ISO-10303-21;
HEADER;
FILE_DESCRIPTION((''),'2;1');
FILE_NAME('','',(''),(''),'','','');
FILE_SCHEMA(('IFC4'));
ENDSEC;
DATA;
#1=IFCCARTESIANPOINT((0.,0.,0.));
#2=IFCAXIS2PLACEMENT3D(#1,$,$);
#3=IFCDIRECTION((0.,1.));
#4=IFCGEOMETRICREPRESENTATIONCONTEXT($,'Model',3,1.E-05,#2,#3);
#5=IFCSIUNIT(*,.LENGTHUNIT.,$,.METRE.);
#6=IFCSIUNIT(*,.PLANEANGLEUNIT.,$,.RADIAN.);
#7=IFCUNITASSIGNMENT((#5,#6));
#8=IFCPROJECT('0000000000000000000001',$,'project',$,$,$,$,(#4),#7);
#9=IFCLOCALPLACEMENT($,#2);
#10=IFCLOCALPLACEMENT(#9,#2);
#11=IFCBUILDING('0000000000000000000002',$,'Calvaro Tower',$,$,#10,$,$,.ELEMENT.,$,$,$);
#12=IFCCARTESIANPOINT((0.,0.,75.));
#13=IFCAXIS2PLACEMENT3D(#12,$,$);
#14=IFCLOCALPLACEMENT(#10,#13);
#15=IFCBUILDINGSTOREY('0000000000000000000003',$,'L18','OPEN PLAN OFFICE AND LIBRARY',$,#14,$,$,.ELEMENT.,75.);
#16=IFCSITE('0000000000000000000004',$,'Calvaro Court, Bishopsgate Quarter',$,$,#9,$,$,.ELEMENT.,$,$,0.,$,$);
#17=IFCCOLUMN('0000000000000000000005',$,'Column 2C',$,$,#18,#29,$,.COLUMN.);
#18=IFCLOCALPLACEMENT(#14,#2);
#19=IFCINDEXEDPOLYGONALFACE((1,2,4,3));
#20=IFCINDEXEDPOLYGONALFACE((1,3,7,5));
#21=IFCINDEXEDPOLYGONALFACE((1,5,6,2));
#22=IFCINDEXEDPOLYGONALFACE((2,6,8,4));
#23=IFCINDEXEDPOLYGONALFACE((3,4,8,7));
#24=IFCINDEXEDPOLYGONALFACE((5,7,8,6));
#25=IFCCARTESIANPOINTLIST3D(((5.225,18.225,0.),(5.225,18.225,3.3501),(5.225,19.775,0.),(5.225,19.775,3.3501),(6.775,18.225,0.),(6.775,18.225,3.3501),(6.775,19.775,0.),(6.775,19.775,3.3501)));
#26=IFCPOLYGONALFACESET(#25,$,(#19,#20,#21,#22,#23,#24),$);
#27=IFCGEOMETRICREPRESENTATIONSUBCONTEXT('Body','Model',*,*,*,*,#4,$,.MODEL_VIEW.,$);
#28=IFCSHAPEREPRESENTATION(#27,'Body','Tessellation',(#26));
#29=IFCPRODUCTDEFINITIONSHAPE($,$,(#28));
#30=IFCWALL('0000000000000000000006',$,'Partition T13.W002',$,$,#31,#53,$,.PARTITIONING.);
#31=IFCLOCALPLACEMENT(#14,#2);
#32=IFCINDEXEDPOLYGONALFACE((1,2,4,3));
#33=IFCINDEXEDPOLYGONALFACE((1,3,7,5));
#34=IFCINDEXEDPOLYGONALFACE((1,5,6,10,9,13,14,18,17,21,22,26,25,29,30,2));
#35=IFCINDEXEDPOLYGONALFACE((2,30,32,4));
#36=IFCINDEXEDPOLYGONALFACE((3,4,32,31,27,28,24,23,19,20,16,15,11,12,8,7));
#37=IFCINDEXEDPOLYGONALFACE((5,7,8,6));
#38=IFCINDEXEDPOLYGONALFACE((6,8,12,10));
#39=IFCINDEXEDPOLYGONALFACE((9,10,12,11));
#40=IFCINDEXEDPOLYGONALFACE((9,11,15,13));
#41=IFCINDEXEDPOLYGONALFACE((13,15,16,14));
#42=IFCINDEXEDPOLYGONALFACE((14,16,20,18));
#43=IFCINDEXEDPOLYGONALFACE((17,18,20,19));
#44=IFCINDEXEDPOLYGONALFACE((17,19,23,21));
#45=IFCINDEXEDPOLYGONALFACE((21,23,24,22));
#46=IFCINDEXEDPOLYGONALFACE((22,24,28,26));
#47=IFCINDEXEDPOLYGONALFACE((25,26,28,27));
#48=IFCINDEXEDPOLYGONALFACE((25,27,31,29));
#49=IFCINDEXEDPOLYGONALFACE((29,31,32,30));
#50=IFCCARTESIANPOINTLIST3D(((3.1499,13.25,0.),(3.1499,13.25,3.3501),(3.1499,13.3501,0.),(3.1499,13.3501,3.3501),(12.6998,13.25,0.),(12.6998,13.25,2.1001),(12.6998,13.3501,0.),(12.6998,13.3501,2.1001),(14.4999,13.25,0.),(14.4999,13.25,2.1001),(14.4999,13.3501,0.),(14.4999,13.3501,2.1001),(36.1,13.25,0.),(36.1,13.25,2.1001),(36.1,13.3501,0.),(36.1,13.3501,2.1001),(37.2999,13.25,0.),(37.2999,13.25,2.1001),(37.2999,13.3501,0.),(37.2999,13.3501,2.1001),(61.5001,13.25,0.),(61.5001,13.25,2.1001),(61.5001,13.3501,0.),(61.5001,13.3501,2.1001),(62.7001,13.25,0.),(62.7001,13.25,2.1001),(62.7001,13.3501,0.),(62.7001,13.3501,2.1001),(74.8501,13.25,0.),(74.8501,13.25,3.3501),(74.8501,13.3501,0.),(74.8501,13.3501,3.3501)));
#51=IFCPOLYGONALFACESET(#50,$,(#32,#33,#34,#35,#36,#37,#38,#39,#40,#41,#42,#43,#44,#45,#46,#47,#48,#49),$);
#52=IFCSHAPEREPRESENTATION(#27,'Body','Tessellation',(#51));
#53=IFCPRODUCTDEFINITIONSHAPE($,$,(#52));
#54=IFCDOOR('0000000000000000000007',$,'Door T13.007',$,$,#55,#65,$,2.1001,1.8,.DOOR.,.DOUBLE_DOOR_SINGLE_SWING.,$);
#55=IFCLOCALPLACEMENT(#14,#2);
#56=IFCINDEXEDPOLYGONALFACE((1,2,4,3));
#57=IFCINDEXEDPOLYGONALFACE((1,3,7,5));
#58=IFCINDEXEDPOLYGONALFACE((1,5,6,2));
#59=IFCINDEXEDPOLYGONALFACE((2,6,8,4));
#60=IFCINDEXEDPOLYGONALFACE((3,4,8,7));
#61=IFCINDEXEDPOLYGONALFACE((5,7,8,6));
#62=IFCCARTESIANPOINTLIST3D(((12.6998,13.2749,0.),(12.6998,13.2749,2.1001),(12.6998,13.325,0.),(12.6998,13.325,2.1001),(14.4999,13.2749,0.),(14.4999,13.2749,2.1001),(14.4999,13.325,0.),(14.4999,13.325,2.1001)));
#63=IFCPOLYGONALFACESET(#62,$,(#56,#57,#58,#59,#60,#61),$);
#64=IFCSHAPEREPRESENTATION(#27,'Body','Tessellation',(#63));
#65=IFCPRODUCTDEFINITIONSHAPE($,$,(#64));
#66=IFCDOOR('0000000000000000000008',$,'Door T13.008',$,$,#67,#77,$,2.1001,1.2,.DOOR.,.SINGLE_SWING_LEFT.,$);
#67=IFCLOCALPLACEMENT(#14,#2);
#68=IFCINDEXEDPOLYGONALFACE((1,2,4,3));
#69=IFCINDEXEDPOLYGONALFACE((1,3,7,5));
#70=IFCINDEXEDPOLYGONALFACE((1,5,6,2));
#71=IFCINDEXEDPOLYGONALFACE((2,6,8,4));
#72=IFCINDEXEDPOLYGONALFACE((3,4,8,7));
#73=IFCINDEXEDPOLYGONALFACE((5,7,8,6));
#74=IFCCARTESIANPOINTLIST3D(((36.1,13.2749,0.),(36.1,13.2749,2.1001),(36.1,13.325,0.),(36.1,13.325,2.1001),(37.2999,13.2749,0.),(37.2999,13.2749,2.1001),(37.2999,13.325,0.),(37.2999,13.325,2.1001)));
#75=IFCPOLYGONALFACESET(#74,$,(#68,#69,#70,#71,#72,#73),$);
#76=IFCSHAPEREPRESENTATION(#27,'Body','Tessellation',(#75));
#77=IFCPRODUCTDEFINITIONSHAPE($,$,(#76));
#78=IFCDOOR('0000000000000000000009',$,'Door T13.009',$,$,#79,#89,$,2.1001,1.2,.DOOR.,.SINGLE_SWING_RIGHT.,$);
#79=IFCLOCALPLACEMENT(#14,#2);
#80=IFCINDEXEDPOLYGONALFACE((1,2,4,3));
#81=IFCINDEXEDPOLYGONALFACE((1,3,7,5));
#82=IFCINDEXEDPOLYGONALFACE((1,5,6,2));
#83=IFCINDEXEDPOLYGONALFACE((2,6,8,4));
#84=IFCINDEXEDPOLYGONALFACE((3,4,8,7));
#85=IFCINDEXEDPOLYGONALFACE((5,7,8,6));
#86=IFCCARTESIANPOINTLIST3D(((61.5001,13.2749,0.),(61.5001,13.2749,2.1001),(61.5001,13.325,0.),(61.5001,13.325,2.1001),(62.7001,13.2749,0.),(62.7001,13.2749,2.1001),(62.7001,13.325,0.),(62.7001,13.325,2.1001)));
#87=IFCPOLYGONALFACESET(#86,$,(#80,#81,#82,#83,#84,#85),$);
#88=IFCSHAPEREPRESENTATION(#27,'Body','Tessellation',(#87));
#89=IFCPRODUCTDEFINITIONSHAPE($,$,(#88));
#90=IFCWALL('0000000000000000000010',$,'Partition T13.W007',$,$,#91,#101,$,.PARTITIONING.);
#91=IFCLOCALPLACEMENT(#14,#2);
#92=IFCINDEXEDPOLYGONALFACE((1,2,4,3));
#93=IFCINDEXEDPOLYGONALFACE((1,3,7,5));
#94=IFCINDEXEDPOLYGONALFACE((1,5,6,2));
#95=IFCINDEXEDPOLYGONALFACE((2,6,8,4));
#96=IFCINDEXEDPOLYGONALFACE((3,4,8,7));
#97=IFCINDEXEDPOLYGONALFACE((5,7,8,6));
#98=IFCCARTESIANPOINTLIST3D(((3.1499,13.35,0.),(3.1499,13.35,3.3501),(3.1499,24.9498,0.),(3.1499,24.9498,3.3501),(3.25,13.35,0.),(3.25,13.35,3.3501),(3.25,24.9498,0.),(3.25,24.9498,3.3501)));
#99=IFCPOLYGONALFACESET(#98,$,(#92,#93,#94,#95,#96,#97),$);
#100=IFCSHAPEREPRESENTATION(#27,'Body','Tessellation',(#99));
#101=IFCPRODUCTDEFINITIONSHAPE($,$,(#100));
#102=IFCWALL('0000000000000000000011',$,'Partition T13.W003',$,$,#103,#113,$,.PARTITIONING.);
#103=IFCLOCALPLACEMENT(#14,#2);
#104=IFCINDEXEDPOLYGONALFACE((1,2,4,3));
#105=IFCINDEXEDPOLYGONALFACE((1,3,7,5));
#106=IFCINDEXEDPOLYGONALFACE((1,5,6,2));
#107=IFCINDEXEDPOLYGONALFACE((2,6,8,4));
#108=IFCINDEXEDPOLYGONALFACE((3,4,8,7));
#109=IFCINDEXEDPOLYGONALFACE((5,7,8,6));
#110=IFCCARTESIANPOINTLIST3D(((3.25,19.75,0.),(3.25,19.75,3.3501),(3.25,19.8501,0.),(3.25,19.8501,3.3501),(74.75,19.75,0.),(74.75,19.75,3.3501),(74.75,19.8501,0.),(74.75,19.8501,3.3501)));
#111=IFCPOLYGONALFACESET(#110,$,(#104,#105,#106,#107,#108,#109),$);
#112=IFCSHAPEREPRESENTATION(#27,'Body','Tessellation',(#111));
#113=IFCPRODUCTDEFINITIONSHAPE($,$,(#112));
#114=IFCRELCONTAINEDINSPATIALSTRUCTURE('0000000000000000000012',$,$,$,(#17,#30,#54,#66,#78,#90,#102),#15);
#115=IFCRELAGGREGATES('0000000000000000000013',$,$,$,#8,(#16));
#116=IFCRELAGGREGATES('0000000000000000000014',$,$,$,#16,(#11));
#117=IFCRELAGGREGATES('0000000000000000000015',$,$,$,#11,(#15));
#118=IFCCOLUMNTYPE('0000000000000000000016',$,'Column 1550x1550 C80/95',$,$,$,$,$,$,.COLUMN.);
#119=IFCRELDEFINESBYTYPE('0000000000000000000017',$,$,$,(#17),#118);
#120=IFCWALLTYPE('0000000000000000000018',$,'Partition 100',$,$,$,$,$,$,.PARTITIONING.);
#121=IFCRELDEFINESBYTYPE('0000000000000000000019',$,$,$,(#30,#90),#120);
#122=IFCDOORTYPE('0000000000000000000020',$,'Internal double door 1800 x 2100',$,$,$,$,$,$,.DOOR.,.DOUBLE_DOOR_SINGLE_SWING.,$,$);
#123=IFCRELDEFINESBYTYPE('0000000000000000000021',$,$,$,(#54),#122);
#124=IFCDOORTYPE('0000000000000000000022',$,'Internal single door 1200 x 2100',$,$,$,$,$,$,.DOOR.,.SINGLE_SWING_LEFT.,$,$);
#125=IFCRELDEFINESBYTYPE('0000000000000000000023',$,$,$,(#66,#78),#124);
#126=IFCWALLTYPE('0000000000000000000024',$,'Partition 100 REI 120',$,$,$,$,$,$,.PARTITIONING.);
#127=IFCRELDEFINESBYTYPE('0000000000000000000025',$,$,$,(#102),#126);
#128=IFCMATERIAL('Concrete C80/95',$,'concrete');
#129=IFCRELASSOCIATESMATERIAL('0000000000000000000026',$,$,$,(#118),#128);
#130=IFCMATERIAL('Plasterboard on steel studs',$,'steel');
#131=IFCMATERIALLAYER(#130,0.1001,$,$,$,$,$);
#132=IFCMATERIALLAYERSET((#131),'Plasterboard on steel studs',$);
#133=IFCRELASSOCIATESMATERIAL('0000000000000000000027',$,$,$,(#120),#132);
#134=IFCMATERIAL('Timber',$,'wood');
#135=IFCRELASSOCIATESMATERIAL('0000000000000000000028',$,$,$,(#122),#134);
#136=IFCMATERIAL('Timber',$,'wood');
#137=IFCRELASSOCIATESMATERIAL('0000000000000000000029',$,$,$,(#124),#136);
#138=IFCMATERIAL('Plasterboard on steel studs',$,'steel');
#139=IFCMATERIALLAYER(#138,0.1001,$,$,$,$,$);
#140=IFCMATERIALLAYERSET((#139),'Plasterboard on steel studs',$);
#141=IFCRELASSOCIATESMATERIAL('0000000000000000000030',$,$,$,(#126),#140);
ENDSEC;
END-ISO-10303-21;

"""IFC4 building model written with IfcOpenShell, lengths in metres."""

from ifc_helpers import new_model, si_unit, direction, frame, frame_2d, origin, origin_2d, place, context, subcontext, project, spatial, rectangle, extrude, material, layer, layer_set, material_profile, profile_set, type_object, element, fill, save


model = new_model("IFC4")

# Units and contexts
model_context = context("Model", 3, precision=1e-05, world=origin(), true_north=direction((0.0, 1.0)))
body_context = subcontext(model_context, "Body", "Model", "MODEL_VIEW")
ifc_project = project(units=[si_unit("LENGTHUNIT", "METRE"), si_unit("PLANEANGLEUNIT", "RADIAN")], contexts=[model_context])

# Site, building, storey
site_placement = place(None, origin())
site = spatial("IfcSite", under=ifc_project, at=site_placement, Name="Calvaro Court, Bishopsgate Quarter", CompositionType="ELEMENT", RefElevation=0.0)
building_placement = place(site_placement, origin())
building = spatial("IfcBuilding", under=site, at=building_placement, Name="Calvaro Tower", CompositionType="ELEMENT")
storey_placement = place(building_placement, frame((0.0, 0.0, 75.0)))
storey = spatial("IfcBuildingStorey", under=building, at=storey_placement, Name="L18", Description="OPEN PLAN OFFICE AND LIBRARY", CompositionType="ELEMENT", Elevation=75.0)

# Column
ifc_material_1 = material(Name="Concrete C80/95", Category="concrete")
ifc_material_profile = material_profile(ifc_material_1, rectangle(XDim=1.55, YDim=1.55, at=origin_2d()), Name="RC 1550x1550")
ifc_profile_set = profile_set([ifc_material_profile], Name="Concrete C80/95")
column_type = type_object("IfcColumnType", Name="Column 1550x1550 C80/95", PredefinedType="COLUMN", material=ifc_profile_set)
column_placement = place(storey_placement, frame((6.0, 19.0, 0.0), z_axis=(0.0, 0.0, 1.0), x_axis=(1.0, 0.0, 0.0)))
element("IfcColumn", 1, at=column_placement, inside=storey, type_object=column_type, Name="Column 2C", PredefinedType="COLUMN", context=body_context, shape_type="SweptSolid", body=[
    extrude(rectangle(XDim=1.55, YDim=1.55, at=origin_2d()), origin(), (0.0, 0.0, 1.0), 3.3501),
])

# Wall, openings, doors
ifc_material_2 = material(Name="Plasterboard on steel studs", Category="steel")
ifc_layer_1 = layer(ifc_material_2, 0.1001)
ifc_layer_set_1 = layer_set([ifc_layer_1], Name="Plasterboard on steel studs")
wall_type_1 = type_object("IfcWallType", Name="Partition 100", PredefinedType="PARTITIONING", material=ifc_layer_set_1)
wall_1_placement = place(storey_placement, frame((3.1499, 13.3, 0.0), z_axis=(0.0, 0.0, 1.0), x_axis=(1.0, 0.0, 0.0)))
wall_1 = element("IfcWall", 2, at=wall_1_placement, inside=storey, type_object=wall_type_1, Name="Partition T13.W002", PredefinedType="PARTITIONING", context=body_context, shape_type="SweptSolid", body=[
    extrude(rectangle(XDim=71.7002, YDim=0.1001, at=frame_2d((35.8501, 0.0))), origin(), (0.0, 0.0, 1.0), 3.3501),
])
opening_1_placement = place(wall_1_placement, frame((9.55, 0.0, 0.0)))
opening_1 = element("IfcOpeningElement", 3, at=opening_1_placement, cuts=wall_1, PredefinedType="OPENING", context=body_context, shape_type="SweptSolid", body=[
    extrude(rectangle(XDim=1.8, YDim=2.1001, at=frame_2d((0.8999, 1.05))), frame((0.0, 0.0601, 0.0), z_axis=(0.0, -1.0, 0.0), x_axis=(1.0, 0.0, 0.0)), (0.0, 0.0, 1.0), 0.1201),
])
opening_2_placement = place(wall_1_placement, frame((32.95, 0.0, 0.0)))
opening_2 = element("IfcOpeningElement", 4, at=opening_2_placement, cuts=wall_1, PredefinedType="OPENING", context=body_context, shape_type="SweptSolid", body=[
    extrude(rectangle(XDim=1.2, YDim=2.1001, at=frame_2d((0.6001, 1.05))), frame((0.0, 0.0601, 0.0), z_axis=(0.0, -1.0, 0.0), x_axis=(1.0, 0.0, 0.0)), (0.0, 0.0, 1.0), 0.1201),
])
opening_3_placement = place(wall_1_placement, frame((58.3501, 0.0, 0.0)))
opening_3 = element("IfcOpeningElement", 5, at=opening_3_placement, cuts=wall_1, PredefinedType="OPENING", context=body_context, shape_type="SweptSolid", body=[
    extrude(rectangle(XDim=1.2, YDim=2.1001, at=frame_2d((0.6001, 1.05))), frame((0.0, 0.0601, 0.0), z_axis=(0.0, -1.0, 0.0), x_axis=(1.0, 0.0, 0.0)), (0.0, 0.0, 1.0), 0.1201),
])
ifc_material_3 = material(Name="Timber", Category="wood")
door_type_1 = type_object("IfcDoorType", Name="Internal double door 1800 x 2100", OperationType="DOUBLE_DOOR_SINGLE_SWING", PredefinedType="DOOR", material=ifc_material_3)
door_1_placement = place(opening_1_placement, origin())
door_1 = element("IfcDoor", 6, at=door_1_placement, inside=storey, type_object=door_type_1, Name="Door T13.007", OperationType="DOUBLE_DOOR_SINGLE_SWING", OverallHeight=2.1001, OverallWidth=1.8, PredefinedType="DOOR", context=body_context, shape_type="SweptSolid", body=[
    extrude(rectangle(XDim=1.8, YDim=2.1001, at=frame_2d((0.8999, 1.05))), frame((0.0, 0.0249, 0.0), z_axis=(0.0, -1.0, 0.0), x_axis=(1.0, 0.0, 0.0)), (0.0, 0.0, 1.0), 0.05),
])
fill(opening_1, door_1)
ifc_material_4 = material(Name="Timber", Category="wood")
door_type_2 = type_object("IfcDoorType", Name="Internal single door 1200 x 2100", OperationType="SINGLE_SWING_LEFT", PredefinedType="DOOR", material=ifc_material_4)
door_2_placement = place(opening_2_placement, origin())
door_2 = element("IfcDoor", 7, at=door_2_placement, inside=storey, type_object=door_type_2, Name="Door T13.008", OperationType="SINGLE_SWING_LEFT", OverallHeight=2.1001, OverallWidth=1.2, PredefinedType="DOOR", context=body_context, shape_type="SweptSolid", body=[
    extrude(rectangle(XDim=1.2, YDim=2.1001, at=frame_2d((0.6001, 1.05))), frame((0.0, 0.0249, 0.0), z_axis=(0.0, -1.0, 0.0), x_axis=(1.0, 0.0, 0.0)), (0.0, 0.0, 1.0), 0.05),
])
fill(opening_2, door_2)
door_3_placement = place(opening_3_placement, origin())
door_3 = element("IfcDoor", 8, at=door_3_placement, inside=storey, type_object=door_type_2, Name="Door T13.009", OperationType="SINGLE_SWING_RIGHT", OverallHeight=2.1001, OverallWidth=1.2, PredefinedType="DOOR", context=body_context, shape_type="SweptSolid", body=[
    extrude(rectangle(XDim=1.2, YDim=2.1001, at=frame_2d((0.6001, 1.05))), frame((0.0, 0.0249, 0.0), z_axis=(0.0, -1.0, 0.0), x_axis=(1.0, 0.0, 0.0)), (0.0, 0.0, 1.0), 0.05),
])
fill(opening_3, door_3)

# Walls
wall_2_placement = place(storey_placement, frame((3.2, 13.3501, 0.0), z_axis=(0.0, 0.0, 1.0), x_axis=(0.0, 1.0, 0.0)))
element("IfcWall", 9, at=wall_2_placement, inside=storey, type_object=wall_type_1, Name="Partition T13.W007", PredefinedType="PARTITIONING", context=body_context, shape_type="SweptSolid", body=[
    extrude(rectangle(XDim=11.5999, YDim=0.1001, at=frame_2d((5.7998, 0.0))), origin(), (0.0, 0.0, 1.0), 3.3501),
])
ifc_material_5 = material(Name="Plasterboard on steel studs", Category="steel")
ifc_layer_2 = layer(ifc_material_5, 0.1001)
ifc_layer_set_2 = layer_set([ifc_layer_2], Name="Plasterboard on steel studs")
wall_type_2 = type_object("IfcWallType", Name="Partition 100 REI 120", PredefinedType="PARTITIONING", material=ifc_layer_set_2)
wall_3_placement = place(storey_placement, frame((3.25, 19.8, 0.0), z_axis=(0.0, 0.0, 1.0), x_axis=(1.0, 0.0, 0.0)))
element("IfcWall", 10, at=wall_3_placement, inside=storey, type_object=wall_type_2, Name="Partition T13.W003", PredefinedType="PARTITIONING", context=body_context, shape_type="SweptSolid", body=[
    extrude(rectangle(XDim=71.5, YDim=0.1001, at=frame_2d((35.75, 0.0))), origin(), (0.0, 0.0, 1.0), 3.3501),
])

save(model, "model.ifc")
